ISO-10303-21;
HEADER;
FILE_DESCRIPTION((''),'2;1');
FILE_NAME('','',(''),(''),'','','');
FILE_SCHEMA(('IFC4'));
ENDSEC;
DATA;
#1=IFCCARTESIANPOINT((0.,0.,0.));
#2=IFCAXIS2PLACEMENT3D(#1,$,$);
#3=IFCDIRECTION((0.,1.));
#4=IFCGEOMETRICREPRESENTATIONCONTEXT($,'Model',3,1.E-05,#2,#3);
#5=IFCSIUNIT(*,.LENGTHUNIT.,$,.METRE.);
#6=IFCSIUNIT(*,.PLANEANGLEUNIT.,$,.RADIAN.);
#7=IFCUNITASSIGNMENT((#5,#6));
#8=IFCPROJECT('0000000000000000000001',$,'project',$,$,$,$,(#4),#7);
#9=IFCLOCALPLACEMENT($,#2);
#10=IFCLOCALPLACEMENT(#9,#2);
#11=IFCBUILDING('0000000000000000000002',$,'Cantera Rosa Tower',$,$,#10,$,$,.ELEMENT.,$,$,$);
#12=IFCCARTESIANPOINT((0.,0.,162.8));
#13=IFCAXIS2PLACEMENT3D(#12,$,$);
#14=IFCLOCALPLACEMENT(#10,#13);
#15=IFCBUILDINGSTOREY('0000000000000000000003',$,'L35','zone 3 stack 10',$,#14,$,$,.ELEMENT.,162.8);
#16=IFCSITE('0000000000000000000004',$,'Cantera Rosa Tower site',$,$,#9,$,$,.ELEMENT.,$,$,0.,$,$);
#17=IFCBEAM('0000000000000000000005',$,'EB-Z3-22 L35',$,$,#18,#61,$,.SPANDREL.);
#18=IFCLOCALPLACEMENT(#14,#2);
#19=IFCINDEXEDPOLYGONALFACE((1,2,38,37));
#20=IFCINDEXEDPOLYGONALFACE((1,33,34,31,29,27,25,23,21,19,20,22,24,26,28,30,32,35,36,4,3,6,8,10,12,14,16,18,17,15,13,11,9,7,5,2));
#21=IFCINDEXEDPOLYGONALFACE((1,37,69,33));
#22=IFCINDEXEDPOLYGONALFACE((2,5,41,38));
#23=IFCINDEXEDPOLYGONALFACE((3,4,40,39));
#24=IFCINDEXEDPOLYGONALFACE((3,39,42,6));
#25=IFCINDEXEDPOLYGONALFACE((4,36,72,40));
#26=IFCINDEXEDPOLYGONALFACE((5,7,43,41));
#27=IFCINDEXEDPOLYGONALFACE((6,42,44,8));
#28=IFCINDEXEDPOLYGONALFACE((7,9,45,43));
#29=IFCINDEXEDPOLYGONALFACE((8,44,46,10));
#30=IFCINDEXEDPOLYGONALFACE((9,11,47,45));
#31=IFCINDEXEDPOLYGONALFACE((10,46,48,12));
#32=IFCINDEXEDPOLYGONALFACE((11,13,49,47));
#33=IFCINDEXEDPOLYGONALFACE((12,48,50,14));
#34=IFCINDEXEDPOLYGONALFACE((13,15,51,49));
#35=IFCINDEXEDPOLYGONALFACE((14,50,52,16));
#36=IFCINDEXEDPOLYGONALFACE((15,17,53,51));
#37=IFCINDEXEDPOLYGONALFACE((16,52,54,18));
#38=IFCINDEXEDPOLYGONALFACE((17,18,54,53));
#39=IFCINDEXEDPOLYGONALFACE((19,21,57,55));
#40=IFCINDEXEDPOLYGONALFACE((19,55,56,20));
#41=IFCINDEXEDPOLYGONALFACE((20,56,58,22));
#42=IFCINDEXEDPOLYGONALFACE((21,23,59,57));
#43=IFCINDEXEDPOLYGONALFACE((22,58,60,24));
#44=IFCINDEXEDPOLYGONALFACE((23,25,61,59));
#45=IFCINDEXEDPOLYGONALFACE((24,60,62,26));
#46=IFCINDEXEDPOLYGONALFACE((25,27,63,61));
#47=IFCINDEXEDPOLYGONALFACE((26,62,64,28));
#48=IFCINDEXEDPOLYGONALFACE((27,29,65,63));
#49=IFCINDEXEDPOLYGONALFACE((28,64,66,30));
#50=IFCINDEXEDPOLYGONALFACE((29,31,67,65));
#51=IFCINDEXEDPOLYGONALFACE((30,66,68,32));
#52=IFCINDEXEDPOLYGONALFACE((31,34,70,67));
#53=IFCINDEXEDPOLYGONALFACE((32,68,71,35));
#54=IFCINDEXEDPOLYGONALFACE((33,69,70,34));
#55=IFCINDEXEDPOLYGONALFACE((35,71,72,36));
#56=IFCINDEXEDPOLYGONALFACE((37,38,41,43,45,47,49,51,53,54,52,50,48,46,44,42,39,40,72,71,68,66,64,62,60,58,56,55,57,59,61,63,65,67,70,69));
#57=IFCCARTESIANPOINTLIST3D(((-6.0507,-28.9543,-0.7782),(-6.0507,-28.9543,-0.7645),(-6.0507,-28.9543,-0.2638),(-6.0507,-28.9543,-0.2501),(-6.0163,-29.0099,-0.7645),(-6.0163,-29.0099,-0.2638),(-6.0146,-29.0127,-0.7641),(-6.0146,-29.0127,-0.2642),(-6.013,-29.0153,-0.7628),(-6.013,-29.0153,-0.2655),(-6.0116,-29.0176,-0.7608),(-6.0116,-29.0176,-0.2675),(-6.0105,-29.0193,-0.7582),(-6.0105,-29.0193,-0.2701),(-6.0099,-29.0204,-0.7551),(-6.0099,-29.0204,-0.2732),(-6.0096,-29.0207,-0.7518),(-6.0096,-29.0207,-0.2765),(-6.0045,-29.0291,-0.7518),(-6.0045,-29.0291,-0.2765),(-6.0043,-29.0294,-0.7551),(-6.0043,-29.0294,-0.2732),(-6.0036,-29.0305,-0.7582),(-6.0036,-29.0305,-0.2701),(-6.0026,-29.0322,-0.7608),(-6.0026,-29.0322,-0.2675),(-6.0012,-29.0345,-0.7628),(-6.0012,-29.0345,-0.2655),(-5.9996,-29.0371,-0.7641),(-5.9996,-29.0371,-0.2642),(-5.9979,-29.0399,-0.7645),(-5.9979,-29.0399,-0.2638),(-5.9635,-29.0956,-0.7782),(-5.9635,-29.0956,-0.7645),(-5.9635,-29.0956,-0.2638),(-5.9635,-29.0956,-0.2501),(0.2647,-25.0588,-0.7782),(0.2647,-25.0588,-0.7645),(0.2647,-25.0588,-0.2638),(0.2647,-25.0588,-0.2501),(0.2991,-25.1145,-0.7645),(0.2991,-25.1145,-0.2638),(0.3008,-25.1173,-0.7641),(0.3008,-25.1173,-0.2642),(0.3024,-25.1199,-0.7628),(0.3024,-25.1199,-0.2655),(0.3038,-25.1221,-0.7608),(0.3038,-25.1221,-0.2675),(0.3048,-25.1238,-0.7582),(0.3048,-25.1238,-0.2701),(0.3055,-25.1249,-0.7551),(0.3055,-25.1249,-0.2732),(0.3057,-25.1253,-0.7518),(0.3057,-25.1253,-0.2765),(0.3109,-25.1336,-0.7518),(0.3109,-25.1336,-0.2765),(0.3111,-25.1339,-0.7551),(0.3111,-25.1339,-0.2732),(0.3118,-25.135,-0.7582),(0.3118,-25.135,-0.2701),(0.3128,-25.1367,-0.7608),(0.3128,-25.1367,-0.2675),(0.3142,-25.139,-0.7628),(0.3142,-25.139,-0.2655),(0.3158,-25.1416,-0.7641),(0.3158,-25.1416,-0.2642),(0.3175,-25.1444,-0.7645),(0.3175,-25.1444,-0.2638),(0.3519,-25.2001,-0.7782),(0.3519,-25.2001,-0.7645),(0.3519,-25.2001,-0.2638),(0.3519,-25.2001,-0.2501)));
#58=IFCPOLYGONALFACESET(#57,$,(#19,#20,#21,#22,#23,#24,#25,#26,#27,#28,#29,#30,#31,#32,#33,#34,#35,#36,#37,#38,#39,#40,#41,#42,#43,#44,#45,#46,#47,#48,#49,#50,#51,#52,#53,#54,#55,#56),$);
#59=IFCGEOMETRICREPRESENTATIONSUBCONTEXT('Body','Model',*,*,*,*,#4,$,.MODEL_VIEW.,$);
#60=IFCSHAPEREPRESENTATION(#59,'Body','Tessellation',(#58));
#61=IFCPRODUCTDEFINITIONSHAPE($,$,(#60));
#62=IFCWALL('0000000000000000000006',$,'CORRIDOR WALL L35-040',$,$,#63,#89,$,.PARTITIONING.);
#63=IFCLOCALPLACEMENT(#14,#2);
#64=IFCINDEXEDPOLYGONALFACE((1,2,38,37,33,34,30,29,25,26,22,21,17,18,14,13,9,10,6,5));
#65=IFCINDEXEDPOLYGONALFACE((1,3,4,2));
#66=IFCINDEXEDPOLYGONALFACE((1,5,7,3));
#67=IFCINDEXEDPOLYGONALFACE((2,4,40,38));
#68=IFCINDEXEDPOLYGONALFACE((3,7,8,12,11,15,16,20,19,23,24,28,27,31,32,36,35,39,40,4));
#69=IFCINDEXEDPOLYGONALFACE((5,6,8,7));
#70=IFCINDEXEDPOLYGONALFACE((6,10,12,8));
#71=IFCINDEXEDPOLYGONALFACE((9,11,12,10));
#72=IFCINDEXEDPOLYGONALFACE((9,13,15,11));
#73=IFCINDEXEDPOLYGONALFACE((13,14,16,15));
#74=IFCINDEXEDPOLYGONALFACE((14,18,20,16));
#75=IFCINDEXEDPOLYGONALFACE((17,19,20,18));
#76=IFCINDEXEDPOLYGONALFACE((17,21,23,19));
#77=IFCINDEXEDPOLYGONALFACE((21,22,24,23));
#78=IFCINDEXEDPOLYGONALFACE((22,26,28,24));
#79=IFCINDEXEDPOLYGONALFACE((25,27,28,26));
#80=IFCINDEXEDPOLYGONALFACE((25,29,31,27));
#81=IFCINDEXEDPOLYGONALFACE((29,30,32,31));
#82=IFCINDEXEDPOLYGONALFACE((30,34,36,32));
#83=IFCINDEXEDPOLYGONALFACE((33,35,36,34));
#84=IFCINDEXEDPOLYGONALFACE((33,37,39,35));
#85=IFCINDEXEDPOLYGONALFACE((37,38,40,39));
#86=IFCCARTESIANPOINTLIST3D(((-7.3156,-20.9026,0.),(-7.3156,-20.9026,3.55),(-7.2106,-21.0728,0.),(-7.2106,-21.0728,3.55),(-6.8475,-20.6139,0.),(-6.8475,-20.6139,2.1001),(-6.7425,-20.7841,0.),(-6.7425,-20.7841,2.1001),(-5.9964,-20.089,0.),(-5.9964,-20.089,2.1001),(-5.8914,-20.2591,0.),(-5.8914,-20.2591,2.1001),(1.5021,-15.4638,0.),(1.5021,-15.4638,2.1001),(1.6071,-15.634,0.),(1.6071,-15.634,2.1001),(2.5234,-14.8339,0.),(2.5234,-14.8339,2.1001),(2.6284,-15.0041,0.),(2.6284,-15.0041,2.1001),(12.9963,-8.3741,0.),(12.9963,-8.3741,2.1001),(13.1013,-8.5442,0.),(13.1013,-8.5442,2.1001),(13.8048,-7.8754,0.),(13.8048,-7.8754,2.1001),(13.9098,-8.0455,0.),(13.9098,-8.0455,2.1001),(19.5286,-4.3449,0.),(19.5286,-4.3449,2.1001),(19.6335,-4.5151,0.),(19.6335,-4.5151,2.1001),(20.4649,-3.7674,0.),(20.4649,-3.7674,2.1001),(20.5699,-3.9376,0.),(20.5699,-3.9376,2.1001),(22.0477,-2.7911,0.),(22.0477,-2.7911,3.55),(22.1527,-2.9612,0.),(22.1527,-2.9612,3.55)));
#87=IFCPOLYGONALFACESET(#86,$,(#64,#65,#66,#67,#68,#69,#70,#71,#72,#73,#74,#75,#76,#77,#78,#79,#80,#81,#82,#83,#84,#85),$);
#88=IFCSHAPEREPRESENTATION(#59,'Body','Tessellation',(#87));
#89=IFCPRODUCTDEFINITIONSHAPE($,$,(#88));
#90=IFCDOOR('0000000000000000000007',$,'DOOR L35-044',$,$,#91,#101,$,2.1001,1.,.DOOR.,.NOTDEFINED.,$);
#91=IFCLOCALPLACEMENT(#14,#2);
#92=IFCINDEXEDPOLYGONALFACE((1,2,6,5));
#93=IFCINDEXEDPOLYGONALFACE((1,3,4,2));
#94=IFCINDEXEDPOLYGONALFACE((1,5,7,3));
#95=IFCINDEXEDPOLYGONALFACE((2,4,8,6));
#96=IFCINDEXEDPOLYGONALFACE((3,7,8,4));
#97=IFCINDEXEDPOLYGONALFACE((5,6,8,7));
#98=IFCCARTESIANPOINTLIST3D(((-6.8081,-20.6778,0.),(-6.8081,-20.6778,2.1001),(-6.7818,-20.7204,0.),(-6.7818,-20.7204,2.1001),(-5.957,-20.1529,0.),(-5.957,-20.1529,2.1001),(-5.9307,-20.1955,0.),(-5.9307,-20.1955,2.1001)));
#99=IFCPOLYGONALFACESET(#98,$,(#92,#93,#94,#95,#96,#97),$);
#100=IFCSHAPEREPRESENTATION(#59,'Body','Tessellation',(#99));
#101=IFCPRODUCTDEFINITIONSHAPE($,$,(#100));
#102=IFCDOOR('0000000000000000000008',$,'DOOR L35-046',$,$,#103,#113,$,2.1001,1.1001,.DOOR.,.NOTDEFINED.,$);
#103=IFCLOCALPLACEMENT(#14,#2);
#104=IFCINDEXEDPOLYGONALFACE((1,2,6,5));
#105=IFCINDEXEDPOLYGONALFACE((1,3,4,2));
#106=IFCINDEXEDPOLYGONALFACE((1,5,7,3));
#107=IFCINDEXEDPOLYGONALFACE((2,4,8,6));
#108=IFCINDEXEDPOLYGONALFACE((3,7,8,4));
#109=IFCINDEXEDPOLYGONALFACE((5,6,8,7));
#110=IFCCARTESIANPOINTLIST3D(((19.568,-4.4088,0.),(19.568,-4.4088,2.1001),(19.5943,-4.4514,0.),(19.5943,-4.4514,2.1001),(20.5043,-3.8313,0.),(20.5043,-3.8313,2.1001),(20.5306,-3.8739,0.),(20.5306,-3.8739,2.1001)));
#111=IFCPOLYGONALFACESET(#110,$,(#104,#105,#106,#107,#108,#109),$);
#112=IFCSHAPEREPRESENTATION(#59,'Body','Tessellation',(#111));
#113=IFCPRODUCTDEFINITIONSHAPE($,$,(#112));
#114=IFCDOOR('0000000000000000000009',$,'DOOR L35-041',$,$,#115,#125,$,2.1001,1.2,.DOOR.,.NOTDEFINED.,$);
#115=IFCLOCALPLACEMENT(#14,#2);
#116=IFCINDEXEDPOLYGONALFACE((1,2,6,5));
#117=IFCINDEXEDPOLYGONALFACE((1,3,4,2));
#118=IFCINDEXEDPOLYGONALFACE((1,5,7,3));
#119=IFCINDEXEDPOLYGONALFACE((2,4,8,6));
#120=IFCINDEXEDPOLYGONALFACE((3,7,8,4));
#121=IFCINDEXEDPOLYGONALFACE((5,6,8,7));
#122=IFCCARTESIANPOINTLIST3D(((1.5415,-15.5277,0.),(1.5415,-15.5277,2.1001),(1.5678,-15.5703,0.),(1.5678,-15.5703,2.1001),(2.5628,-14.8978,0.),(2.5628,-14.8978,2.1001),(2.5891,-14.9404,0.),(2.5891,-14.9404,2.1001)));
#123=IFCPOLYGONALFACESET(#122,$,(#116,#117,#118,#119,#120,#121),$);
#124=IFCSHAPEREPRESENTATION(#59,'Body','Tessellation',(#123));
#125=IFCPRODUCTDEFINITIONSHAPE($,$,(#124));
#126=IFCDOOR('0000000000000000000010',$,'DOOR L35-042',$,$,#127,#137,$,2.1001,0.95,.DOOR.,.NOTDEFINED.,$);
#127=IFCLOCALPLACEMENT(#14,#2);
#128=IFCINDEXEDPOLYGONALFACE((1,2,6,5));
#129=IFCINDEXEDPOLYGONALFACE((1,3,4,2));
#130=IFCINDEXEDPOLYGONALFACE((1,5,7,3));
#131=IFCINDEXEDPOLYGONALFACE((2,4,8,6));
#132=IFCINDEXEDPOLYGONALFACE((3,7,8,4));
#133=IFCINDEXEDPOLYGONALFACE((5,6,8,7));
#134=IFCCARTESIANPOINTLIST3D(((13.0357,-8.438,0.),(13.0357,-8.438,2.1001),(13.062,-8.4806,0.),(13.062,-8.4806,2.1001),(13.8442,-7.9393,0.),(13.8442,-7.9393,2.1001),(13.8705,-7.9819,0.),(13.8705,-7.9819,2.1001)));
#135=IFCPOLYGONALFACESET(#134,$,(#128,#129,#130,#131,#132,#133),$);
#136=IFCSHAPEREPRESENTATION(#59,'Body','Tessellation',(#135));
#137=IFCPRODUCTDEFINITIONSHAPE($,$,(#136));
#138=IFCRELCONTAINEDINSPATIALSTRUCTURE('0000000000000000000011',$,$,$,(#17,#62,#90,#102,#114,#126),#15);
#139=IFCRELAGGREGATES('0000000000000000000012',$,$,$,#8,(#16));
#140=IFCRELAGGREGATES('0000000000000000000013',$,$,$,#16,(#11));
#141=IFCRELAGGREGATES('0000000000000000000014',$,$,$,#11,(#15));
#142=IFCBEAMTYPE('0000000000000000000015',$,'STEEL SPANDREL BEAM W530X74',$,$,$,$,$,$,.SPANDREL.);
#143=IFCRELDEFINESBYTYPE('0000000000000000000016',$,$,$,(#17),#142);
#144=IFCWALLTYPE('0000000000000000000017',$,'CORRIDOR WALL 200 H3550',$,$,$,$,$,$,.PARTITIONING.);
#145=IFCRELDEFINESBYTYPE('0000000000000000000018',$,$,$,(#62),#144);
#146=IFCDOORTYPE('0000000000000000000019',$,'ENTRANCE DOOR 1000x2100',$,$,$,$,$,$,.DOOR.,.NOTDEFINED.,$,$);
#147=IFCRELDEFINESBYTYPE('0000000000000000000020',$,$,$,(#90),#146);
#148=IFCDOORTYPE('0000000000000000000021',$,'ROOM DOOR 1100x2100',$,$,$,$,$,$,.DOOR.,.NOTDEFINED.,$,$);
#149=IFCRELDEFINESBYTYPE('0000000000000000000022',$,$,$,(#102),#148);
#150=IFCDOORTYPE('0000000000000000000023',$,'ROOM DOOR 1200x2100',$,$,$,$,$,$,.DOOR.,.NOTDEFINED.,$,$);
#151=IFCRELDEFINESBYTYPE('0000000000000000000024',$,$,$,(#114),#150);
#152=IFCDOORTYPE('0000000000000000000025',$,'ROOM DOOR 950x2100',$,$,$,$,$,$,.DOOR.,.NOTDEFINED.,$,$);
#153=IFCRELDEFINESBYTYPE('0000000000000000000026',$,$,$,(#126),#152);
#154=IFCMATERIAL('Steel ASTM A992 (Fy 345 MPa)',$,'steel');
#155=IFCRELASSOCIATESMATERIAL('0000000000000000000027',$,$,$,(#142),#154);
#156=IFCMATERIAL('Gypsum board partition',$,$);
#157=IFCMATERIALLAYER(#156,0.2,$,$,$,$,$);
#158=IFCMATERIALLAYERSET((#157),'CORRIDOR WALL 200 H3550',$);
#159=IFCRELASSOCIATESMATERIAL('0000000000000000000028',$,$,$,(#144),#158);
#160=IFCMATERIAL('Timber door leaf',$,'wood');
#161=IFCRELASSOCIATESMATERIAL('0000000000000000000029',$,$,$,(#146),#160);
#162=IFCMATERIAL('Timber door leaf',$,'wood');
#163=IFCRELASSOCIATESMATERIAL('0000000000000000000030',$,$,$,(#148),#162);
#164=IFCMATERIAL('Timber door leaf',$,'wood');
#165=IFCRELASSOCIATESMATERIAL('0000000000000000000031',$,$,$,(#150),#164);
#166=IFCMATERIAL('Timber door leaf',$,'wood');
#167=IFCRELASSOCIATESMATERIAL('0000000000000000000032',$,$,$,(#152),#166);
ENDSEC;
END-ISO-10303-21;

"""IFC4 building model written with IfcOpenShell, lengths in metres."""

from ifc_helpers import new_model, si_unit, direction, frame, frame_2d, origin, origin_2d, place, context, subcontext, project, spatial, rectangle, i_section, extrude, material, layer, layer_set, material_profile, profile_set, type_object, element, fill, save


model = new_model("IFC4")

# Units and contexts
model_context = context("Model", 3, precision=1e-05, world=origin(), true_north=direction((0.0, 1.0)))
body_context = subcontext(model_context, "Body", "Model", "MODEL_VIEW")
ifc_project = project(units=[si_unit("LENGTHUNIT", "METRE"), si_unit("PLANEANGLEUNIT", "RADIAN")], contexts=[model_context])

# Site, building, storey
site_placement = place(None, origin())
site = spatial("IfcSite", under=ifc_project, at=site_placement, Name="Cantera Rosa Tower site", CompositionType="ELEMENT", RefElevation=0.0)
building_placement = place(site_placement, origin())
building = spatial("IfcBuilding", under=site, at=building_placement, Name="Cantera Rosa Tower", CompositionType="ELEMENT")
storey_placement = place(building_placement, frame((0.0, 0.0, 162.8)))
storey = spatial("IfcBuildingStorey", under=building, at=storey_placement, Name="L35", Description="zone 3 stack 10", CompositionType="ELEMENT", Elevation=162.8)

# Beam
ifc_material_1 = material(Name="Steel ASTM A992 (Fy 345 MPa)", Category="steel")
ifc_material_profile_1 = material_profile(ifc_material_1, i_section(OverallWidth=0.166, OverallDepth=0.5281, WebThickness=0.0098, FlangeThickness=0.0137, FilletRadius=0.0127, at=origin_2d()), Name="W530X74")
ifc_profile_set_1 = profile_set([ifc_material_profile_1], Name="Steel ASTM A992 (Fy 345 MPa)")
beam_type_1 = type_object("IfcBeamType", Name="STEEL SPANDREL BEAM W530X74", PredefinedType="SPANDREL", material=ifc_profile_set_1)
beam_1_placement = place(storey_placement, frame((-6.0071, -29.0249, -0.5142), z_axis=(0.851111, 0.524986, 0.0), x_axis=(-0.524986, 0.851111, 0.0)))
element("IfcBeam", 1, at=beam_1_placement, inside=storey, type_object=beam_type_1, Name="EB-Z3-22 L35", PredefinedType="SPANDREL", context=body_context, shape_type="SweptSolid", body=[
    extrude(i_section(OverallWidth=0.166, OverallDepth=0.5281, WebThickness=0.0098, FlangeThickness=0.0137, FilletRadius=0.0127, at=origin_2d()), origin(), (0.0, 0.0, 1.0), 7.4202),
])

# Wall, openings, doors
ifc_material_2 = material(Name="Gypsum board partition")
ifc_layer_1 = layer(ifc_material_2, 0.2)
ifc_layer_set_1 = layer_set([ifc_layer_1], Name="CORRIDOR WALL 200 H3550")
wall_type_1 = type_object("IfcWallType", Name="CORRIDOR WALL 200 H3550", PredefinedType="PARTITIONING", material=ifc_layer_set_1)
wall_1_placement = place(storey_placement, frame((-7.2632, -20.9878, 0.0), z_axis=(0.0, 0.0, 1.0), x_axis=(0.851116, 0.524977, 0.0)))
wall_1 = element("IfcWall", 2, at=wall_1_placement, inside=storey, type_object=wall_type_1, Name="CORRIDOR WALL L35-040", PredefinedType="PARTITIONING", context=body_context, shape_type="SweptSolid", body=[
    extrude(rectangle(XDim=34.4998, YDim=0.2, at=frame_2d((17.25, 0.0))), origin(), (0.0, 0.0, 1.0), 3.55),
])
opening_1_placement = place(wall_1_placement, frame((10.3601, 0.0, 0.0)))
opening_1 = element("IfcOpeningElement", 3, at=opening_1_placement, cuts=wall_1, PredefinedType="OPENING", context=body_context, shape_type="SweptSolid", body=[
    extrude(rectangle(XDim=1.2, YDim=2.1001, at=frame_2d((0.6001, 1.05))), frame((0.0, 0.1099, 0.0), z_axis=(0.0, -1.0, 0.0), x_axis=(1.0, 0.0, 0.0)), (0.0, 0.0, 1.0), 0.22),
])
opening_2_placement = place(wall_1_placement, frame((23.865, 0.0, 0.0)))
opening_2 = element("IfcOpeningElement", 4, at=opening_2_placement, cuts=wall_1, PredefinedType="OPENING", context=body_context, shape_type="SweptSolid", body=[
    extrude(rectangle(XDim=0.95, YDim=2.1001, at=frame_2d((0.4751, 1.05))), frame((0.0, 0.1099, 0.0), z_axis=(0.0, -1.0, 0.0), x_axis=(1.0, 0.0, 0.0)), (0.0, 0.0, 1.0), 0.22),
])
opening_3_placement = place(wall_1_placement, frame((0.55, 0.0, 0.0)))
opening_3 = element("IfcOpeningElement", 5, at=opening_3_placement, cuts=wall_1, PredefinedType="OPENING", context=body_context, shape_type="SweptSolid", body=[
    extrude(rectangle(XDim=1.0, YDim=2.1001, at=frame_2d((0.5, 1.05))), frame((0.0, 0.1099, 0.0), z_axis=(0.0, -1.0, 0.0), x_axis=(1.0, 0.0, 0.0)), (0.0, 0.0, 1.0), 0.22),
])
opening_4_placement = place(wall_1_placement, frame((31.54, 0.0, 0.0)))
opening_4 = element("IfcOpeningElement", 6, at=opening_4_placement, cuts=wall_1, PredefinedType="OPENING", context=body_context, shape_type="SweptSolid", body=[
    extrude(rectangle(XDim=1.1001, YDim=2.1001, at=frame_2d((0.55, 1.05))), frame((0.0, 0.1099, 0.0), z_axis=(0.0, -1.0, 0.0), x_axis=(1.0, 0.0, 0.0)), (0.0, 0.0, 1.0), 0.22),
])
ifc_material_3 = material(Name="Timber door leaf", Category="wood")
door_type_1 = type_object("IfcDoorType", Name="ENTRANCE DOOR 1000x2100", OperationType="NOTDEFINED", PredefinedType="DOOR", material=ifc_material_3)
door_1_placement = place(opening_3_placement, origin())
door_1 = element("IfcDoor", 7, at=door_1_placement, inside=storey, type_object=door_type_1, Name="DOOR L35-044", OperationType="NOTDEFINED", OverallHeight=2.1001, OverallWidth=1.0, PredefinedType="DOOR", context=body_context, shape_type="SweptSolid", body=[
    extrude(rectangle(XDim=1.0, YDim=2.1001, at=frame_2d((0.5, 1.05))), frame((0.0, 0.0249, 0.0), z_axis=(0.0, -1.0, 0.0), x_axis=(1.0, 0.0, 0.0)), (0.0, 0.0, 1.0), 0.05),
])
fill(opening_3, door_1)
ifc_material_4 = material(Name="Timber door leaf", Category="wood")
door_type_2 = type_object("IfcDoorType", Name="ROOM DOOR 1100x2100", OperationType="NOTDEFINED", PredefinedType="DOOR", material=ifc_material_4)
door_2_placement = place(opening_4_placement, origin())
door_2 = element("IfcDoor", 8, at=door_2_placement, inside=storey, type_object=door_type_2, Name="DOOR L35-046", OperationType="NOTDEFINED", OverallHeight=2.1001, OverallWidth=1.1001, PredefinedType="DOOR", context=body_context, shape_type="SweptSolid", body=[
    extrude(rectangle(XDim=1.1001, YDim=2.1001, at=frame_2d((0.55, 1.05))), frame((0.0, 0.0249, 0.0), z_axis=(0.0, -1.0, 0.0), x_axis=(1.0, 0.0, 0.0)), (0.0, 0.0, 1.0), 0.05),
])
fill(opening_4, door_2)
ifc_material_5 = material(Name="Timber door leaf", Category="wood")
door_type_3 = type_object("IfcDoorType", Name="ROOM DOOR 1200x2100", OperationType="NOTDEFINED", PredefinedType="DOOR", material=ifc_material_5)
door_3_placement = place(opening_1_placement, origin())
door_3 = element("IfcDoor", 9, at=door_3_placement, inside=storey, type_object=door_type_3, Name="DOOR L35-041", OperationType="NOTDEFINED", OverallHeight=2.1001, OverallWidth=1.2, PredefinedType="DOOR", context=body_context, shape_type="SweptSolid", body=[
    extrude(rectangle(XDim=1.2, YDim=2.1001, at=frame_2d((0.6001, 1.05))), frame((0.0, 0.0249, 0.0), z_axis=(0.0, -1.0, 0.0), x_axis=(1.0, 0.0, 0.0)), (0.0, 0.0, 1.0), 0.05),
])
fill(opening_1, door_3)
ifc_material_6 = material(Name="Timber door leaf", Category="wood")
door_type_4 = type_object("IfcDoorType", Name="ROOM DOOR 950x2100", OperationType="NOTDEFINED", PredefinedType="DOOR", material=ifc_material_6)
door_4_placement = place(opening_2_placement, origin())
door_4 = element("IfcDoor", 10, at=door_4_placement, inside=storey, type_object=door_type_4, Name="DOOR L35-042", OperationType="NOTDEFINED", OverallHeight=2.1001, OverallWidth=0.95, PredefinedType="DOOR", context=body_context, shape_type="SweptSolid", body=[
    extrude(rectangle(XDim=0.95, YDim=2.1001, at=frame_2d((0.4751, 1.05))), frame((0.0, 0.0249, 0.0), z_axis=(0.0, -1.0, 0.0), x_axis=(1.0, 0.0, 0.0)), (0.0, 0.0, 1.0), 0.05),
])
fill(opening_2, door_4)

save(model, "model.ifc")
